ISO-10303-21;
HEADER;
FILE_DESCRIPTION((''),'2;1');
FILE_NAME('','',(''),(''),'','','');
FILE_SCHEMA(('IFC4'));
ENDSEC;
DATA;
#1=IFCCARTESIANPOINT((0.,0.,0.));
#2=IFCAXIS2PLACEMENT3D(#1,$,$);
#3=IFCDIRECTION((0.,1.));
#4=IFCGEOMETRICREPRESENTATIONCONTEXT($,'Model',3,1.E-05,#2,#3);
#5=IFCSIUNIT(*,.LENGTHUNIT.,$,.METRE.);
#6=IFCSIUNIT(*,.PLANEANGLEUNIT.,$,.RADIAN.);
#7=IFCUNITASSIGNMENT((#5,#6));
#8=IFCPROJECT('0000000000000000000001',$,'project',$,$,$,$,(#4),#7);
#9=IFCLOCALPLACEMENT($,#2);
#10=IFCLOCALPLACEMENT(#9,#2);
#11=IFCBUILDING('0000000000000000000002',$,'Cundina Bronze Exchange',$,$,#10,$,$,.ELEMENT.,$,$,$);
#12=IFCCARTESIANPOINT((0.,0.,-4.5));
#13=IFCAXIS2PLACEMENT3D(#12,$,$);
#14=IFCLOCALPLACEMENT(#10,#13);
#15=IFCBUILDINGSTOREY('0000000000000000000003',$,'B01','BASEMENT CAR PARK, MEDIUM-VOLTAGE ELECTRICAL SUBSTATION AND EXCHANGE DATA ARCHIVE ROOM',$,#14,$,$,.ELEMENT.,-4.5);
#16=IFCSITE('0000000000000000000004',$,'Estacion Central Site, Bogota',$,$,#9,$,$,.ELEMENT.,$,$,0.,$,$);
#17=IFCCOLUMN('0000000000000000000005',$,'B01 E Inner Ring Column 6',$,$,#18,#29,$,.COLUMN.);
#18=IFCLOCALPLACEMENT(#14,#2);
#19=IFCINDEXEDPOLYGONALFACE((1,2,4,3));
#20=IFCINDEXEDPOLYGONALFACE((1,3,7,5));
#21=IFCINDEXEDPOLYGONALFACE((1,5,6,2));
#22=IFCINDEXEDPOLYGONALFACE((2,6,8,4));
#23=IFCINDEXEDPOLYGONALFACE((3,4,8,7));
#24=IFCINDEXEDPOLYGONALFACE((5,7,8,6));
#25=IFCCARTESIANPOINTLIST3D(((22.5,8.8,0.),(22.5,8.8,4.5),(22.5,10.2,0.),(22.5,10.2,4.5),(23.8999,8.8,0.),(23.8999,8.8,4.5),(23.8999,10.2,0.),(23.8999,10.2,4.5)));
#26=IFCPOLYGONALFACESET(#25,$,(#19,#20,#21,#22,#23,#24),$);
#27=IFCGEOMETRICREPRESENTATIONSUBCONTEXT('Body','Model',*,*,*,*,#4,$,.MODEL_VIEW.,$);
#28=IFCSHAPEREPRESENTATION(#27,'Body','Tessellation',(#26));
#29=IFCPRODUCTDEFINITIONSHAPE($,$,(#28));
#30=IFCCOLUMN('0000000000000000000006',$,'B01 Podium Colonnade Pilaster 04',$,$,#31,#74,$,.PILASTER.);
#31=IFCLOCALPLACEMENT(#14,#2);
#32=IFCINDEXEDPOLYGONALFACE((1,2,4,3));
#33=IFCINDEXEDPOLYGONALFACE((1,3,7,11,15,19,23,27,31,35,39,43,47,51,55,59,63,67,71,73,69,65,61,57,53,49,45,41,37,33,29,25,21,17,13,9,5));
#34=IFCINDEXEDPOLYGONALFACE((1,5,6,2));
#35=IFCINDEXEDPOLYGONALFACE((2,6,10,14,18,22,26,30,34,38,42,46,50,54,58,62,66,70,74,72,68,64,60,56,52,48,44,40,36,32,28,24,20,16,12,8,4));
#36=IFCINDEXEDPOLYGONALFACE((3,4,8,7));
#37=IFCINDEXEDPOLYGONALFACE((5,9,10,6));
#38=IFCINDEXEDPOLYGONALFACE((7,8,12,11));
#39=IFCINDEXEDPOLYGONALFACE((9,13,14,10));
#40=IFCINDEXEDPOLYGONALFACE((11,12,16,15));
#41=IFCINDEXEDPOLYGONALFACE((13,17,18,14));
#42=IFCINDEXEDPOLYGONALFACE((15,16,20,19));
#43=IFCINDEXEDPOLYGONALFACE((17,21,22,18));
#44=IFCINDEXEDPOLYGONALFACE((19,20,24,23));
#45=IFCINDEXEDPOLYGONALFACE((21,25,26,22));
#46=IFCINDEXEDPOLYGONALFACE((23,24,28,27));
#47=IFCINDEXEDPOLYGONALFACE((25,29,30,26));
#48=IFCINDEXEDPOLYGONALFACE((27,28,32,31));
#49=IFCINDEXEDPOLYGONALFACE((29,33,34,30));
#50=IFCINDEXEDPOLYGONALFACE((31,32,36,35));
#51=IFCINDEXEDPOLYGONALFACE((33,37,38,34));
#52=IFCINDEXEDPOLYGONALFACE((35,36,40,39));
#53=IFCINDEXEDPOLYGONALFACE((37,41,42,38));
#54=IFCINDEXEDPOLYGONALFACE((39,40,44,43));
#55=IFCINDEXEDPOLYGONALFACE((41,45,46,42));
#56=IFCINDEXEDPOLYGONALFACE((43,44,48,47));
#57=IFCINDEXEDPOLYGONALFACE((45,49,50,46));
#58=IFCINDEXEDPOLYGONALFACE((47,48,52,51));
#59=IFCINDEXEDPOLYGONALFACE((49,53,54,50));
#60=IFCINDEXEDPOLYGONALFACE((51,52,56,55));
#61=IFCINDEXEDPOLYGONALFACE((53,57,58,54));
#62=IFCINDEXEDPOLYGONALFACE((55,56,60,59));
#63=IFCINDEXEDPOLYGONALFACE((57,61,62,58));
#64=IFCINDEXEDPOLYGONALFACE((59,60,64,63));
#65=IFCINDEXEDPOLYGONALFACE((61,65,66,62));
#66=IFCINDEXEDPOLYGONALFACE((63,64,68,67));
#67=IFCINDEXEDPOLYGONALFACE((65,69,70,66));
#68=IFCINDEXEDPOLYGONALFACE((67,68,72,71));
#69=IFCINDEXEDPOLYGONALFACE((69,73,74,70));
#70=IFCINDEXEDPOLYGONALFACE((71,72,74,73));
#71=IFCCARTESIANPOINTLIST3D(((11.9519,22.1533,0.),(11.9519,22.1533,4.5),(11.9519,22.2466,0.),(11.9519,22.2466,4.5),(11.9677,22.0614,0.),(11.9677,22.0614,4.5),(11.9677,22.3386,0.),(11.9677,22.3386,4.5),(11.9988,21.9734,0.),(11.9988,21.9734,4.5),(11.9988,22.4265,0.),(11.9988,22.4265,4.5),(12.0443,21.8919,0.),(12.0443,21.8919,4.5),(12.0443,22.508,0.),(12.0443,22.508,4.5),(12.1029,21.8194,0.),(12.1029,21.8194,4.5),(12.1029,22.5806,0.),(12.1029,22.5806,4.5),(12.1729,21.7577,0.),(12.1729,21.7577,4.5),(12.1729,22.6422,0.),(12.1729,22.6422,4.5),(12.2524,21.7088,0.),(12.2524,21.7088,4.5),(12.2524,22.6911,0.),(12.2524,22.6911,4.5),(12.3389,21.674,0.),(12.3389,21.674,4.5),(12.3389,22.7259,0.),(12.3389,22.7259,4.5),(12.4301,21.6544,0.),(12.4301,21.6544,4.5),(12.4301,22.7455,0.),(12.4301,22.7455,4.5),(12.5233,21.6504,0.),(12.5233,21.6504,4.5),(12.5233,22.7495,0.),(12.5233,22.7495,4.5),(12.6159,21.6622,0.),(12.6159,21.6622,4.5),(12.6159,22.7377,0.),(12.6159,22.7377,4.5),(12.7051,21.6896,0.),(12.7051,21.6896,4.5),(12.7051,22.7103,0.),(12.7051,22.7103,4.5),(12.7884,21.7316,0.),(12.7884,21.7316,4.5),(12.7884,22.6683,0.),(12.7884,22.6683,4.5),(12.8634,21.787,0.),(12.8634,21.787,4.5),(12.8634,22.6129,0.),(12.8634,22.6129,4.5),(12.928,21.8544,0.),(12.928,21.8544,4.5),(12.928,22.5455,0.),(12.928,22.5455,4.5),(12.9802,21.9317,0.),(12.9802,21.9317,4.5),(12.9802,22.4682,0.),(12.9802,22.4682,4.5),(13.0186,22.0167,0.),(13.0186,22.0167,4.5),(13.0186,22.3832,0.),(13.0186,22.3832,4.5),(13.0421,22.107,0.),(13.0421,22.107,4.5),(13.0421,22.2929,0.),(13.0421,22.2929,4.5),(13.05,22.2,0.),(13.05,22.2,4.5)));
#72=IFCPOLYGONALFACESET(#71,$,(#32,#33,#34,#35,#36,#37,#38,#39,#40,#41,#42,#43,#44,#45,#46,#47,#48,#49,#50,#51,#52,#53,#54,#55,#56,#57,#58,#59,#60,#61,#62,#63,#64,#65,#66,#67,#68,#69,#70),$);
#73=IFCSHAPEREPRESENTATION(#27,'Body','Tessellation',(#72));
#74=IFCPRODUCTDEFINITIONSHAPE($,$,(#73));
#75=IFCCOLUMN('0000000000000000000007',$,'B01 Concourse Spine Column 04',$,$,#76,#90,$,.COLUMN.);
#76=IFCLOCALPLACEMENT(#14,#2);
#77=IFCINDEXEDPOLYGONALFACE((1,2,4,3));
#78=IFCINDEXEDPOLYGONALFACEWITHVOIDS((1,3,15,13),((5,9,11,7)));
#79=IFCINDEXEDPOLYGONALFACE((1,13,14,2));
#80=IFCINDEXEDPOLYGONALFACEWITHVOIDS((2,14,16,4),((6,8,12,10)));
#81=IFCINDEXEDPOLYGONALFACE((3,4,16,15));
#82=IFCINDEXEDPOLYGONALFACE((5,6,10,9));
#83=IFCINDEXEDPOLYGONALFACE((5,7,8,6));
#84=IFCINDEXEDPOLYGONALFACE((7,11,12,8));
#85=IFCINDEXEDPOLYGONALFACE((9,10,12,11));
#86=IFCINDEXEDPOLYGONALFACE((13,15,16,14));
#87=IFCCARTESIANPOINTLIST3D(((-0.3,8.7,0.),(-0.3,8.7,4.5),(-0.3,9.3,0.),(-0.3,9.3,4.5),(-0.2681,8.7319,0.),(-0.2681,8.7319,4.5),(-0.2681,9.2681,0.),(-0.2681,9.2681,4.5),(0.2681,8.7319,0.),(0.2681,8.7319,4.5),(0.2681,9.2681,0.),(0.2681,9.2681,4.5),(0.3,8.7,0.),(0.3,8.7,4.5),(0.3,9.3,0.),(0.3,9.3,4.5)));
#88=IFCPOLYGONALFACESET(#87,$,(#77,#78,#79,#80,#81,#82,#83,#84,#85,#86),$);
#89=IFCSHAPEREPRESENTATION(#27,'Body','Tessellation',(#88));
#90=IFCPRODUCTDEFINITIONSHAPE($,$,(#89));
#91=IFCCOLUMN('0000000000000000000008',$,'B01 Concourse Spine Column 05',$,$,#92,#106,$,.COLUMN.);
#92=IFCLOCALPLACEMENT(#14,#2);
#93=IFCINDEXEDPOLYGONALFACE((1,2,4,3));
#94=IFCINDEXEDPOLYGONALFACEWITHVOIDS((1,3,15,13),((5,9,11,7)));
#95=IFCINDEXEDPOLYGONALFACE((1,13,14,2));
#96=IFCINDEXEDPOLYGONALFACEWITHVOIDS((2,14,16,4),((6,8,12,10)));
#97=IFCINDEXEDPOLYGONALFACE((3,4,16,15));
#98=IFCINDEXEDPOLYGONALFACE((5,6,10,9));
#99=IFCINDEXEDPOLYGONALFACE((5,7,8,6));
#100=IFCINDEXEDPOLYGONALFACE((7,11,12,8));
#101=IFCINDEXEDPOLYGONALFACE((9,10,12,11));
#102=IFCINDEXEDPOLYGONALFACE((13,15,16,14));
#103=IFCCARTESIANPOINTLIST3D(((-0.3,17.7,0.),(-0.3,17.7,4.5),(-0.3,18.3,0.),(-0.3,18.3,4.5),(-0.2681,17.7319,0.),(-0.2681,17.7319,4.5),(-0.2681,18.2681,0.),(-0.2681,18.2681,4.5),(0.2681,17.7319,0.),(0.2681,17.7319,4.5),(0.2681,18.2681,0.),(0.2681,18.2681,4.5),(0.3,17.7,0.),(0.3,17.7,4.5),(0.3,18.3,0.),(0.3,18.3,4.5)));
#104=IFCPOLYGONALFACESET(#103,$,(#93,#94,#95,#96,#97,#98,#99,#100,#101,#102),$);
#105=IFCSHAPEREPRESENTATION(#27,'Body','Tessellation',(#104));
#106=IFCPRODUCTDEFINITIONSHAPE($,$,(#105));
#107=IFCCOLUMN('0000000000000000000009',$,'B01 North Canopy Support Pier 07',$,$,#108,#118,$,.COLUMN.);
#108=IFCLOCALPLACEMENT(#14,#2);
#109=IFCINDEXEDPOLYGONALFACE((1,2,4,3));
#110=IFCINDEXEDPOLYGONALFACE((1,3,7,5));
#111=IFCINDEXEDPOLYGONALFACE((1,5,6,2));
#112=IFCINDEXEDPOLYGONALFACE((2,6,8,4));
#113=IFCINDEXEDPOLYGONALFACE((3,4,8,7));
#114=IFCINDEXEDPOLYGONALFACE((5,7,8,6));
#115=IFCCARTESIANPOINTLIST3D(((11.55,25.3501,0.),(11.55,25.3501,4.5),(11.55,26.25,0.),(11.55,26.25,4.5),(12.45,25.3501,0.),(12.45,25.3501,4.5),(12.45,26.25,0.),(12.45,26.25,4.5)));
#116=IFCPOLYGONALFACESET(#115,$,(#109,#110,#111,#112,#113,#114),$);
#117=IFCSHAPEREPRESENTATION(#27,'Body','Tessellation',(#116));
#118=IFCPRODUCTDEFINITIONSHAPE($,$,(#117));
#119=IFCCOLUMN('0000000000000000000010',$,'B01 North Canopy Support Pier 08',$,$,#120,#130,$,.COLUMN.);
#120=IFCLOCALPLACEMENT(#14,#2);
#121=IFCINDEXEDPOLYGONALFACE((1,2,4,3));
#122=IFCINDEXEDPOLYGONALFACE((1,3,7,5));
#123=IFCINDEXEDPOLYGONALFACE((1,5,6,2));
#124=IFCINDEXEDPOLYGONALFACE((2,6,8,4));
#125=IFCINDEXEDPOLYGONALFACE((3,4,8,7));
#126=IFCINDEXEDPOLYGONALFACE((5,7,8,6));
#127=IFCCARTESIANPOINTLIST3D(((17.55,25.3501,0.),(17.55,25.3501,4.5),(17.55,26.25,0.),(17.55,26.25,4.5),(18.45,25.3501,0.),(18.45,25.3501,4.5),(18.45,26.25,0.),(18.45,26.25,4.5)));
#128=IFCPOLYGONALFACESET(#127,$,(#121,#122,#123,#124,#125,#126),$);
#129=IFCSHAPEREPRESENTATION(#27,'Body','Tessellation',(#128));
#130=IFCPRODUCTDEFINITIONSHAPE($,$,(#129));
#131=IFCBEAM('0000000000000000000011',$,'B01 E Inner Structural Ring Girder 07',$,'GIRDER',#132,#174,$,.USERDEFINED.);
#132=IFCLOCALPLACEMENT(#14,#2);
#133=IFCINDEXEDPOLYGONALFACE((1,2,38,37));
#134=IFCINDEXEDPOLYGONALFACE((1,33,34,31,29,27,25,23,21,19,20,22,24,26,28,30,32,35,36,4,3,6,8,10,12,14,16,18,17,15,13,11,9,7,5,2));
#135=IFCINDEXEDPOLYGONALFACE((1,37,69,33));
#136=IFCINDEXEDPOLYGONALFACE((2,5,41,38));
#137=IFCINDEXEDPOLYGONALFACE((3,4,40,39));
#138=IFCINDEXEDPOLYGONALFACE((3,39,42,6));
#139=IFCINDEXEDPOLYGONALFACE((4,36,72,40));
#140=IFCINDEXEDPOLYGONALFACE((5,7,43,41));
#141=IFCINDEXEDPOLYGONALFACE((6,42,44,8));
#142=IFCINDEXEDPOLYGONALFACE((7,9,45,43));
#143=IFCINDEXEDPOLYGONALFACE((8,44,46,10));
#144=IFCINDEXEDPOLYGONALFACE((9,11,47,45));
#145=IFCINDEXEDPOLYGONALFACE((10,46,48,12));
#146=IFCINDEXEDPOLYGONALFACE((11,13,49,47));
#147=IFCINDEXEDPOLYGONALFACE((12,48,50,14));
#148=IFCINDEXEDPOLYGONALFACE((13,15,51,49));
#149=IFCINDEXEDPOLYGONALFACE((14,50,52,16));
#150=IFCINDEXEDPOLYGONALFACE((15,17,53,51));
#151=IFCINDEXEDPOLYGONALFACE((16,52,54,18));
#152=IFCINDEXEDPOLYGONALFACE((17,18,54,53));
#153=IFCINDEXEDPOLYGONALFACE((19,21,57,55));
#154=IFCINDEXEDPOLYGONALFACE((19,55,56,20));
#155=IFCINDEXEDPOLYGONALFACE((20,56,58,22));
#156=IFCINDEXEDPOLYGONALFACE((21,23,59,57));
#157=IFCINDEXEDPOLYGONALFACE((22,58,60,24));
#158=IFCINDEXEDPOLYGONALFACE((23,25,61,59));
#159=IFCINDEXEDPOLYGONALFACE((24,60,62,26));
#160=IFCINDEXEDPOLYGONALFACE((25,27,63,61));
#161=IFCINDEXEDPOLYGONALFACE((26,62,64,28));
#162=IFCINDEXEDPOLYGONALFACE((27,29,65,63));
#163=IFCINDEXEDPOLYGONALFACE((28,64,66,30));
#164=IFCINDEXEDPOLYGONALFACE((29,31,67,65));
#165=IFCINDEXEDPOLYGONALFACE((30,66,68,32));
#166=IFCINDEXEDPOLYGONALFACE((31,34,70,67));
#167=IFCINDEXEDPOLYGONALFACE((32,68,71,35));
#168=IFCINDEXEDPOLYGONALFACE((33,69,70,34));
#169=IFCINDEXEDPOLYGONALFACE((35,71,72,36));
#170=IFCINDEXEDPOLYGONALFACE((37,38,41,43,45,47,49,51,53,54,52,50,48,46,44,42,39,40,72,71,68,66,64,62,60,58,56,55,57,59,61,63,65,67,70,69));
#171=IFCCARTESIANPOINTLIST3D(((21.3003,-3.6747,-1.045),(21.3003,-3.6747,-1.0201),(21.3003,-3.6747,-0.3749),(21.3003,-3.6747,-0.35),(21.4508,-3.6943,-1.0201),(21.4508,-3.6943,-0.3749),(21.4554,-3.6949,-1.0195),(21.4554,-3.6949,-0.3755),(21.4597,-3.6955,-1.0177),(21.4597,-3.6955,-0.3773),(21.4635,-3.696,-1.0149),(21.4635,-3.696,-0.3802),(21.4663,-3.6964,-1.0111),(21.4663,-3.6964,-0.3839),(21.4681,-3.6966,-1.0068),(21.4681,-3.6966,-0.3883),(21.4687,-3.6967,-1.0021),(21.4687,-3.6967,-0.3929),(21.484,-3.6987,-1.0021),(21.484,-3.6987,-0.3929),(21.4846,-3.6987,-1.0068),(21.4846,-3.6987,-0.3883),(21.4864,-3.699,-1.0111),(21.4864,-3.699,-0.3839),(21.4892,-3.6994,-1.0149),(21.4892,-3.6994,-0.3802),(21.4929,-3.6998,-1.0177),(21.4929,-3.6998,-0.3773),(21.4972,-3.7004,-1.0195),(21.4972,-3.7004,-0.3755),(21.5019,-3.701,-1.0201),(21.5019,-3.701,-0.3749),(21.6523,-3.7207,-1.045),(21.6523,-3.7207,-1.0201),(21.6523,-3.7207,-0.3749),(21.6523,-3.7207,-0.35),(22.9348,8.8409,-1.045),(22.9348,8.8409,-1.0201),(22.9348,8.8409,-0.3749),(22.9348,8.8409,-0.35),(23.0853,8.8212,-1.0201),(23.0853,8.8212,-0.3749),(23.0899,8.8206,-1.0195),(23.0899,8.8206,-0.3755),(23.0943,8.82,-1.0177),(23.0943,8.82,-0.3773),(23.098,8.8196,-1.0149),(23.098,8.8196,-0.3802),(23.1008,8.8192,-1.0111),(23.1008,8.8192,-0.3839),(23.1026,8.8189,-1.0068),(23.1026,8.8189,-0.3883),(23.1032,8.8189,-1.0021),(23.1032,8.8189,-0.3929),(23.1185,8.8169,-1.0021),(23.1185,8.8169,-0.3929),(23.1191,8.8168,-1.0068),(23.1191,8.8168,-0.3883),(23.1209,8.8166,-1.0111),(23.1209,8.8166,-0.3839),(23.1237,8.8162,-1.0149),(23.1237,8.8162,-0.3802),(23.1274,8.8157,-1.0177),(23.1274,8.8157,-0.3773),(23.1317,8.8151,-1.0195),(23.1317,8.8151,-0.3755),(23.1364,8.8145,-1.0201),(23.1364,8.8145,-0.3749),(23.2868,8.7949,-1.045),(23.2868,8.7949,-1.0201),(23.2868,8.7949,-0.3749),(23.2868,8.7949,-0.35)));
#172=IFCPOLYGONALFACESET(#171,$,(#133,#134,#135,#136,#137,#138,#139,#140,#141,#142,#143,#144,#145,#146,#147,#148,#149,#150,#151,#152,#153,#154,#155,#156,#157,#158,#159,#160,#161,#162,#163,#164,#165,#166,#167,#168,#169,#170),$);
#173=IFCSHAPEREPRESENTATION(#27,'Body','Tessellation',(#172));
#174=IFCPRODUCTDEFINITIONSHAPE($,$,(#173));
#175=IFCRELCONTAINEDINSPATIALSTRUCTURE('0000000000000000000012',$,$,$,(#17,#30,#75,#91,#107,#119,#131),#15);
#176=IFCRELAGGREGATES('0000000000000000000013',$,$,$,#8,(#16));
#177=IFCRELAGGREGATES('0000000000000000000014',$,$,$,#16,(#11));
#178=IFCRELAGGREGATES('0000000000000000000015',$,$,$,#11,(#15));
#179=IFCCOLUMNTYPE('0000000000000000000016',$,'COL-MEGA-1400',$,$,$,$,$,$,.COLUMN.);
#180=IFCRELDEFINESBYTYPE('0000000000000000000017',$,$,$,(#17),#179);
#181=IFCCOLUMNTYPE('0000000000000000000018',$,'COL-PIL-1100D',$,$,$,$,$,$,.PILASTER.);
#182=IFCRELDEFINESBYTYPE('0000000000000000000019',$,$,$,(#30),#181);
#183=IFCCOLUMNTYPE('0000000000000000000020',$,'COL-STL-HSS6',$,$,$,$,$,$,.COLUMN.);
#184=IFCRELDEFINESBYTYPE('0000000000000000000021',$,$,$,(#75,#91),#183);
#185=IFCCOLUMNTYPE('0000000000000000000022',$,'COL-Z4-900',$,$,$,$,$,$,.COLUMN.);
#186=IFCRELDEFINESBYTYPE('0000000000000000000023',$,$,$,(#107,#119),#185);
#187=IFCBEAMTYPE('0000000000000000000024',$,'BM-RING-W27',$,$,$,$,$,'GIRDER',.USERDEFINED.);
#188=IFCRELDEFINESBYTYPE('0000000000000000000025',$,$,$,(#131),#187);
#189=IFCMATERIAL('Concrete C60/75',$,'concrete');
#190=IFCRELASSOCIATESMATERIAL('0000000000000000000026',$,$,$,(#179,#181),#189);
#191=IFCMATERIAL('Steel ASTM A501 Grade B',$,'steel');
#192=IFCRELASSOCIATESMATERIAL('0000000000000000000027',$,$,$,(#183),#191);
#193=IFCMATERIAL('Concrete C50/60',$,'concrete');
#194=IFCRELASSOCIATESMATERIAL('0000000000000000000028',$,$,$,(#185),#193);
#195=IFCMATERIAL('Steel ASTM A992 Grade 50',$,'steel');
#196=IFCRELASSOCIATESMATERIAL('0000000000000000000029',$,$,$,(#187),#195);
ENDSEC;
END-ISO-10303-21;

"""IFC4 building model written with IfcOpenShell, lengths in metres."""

from ifc_helpers import new_model, si_unit, direction, frame, origin, origin_2d, place, context, subcontext, project, spatial, rectangle, hollow_rectangle, circle, i_section, extrude, material, material_profile, profile_set, type_object, element, save


model = new_model("IFC4")

# Units and contexts
model_context = context("Model", 3, precision=1e-05, world=origin(), true_north=direction((0.0, 1.0)))
body_context = subcontext(model_context, "Body", "Model", "MODEL_VIEW")
ifc_project = project(units=[si_unit("LENGTHUNIT", "METRE"), si_unit("PLANEANGLEUNIT", "RADIAN")], contexts=[model_context])

# Site, building, storey
site_placement = place(None, origin())
site = spatial("IfcSite", under=ifc_project, at=site_placement, Name="Estacion Central Site, Bogota", CompositionType="ELEMENT", RefElevation=0.0)
building_placement = place(site_placement, origin())
building = spatial("IfcBuilding", under=site, at=building_placement, Name="Cundina Bronze Exchange", CompositionType="ELEMENT")
storey_placement = place(building_placement, frame((0.0, 0.0, -4.5)))
storey = spatial("IfcBuildingStorey", under=building, at=storey_placement, Name="B01", Description="BASEMENT CAR PARK, MEDIUM-VOLTAGE ELECTRICAL SUBSTATION AND EXCHANGE DATA ARCHIVE ROOM", CompositionType="ELEMENT", Elevation=-4.5)

# Columns
ifc_material_1 = material(Name="Concrete C60/75", Category="concrete")
ifc_material_profile_1 = material_profile(ifc_material_1, rectangle(XDim=1.3999, YDim=1.3999, at=origin_2d()), Name="RC1400X1400", Category="concrete")
ifc_profile_set_1 = profile_set([ifc_material_profile_1], Name="Concrete C60/75")
column_type_1 = type_object("IfcColumnType", Name="COL-MEGA-1400", PredefinedType="COLUMN", material=ifc_profile_set_1)
column_1_placement = place(storey_placement, frame((23.2, 9.5, 0.0), z_axis=(0.0, 0.0, 1.0), x_axis=(1.0, 0.0, 0.0)))
element("IfcColumn", 1, at=column_1_placement, inside=storey, type_object=column_type_1, Name="B01 E Inner Ring Column 6", PredefinedType="COLUMN", context=body_context, shape_type="SweptSolid", body=[
    extrude(rectangle(XDim=1.3999, YDim=1.3999, at=origin_2d()), origin(), (0.0, 0.0, 1.0), 4.5),
])
ifc_material_profile_2 = material_profile(ifc_material_1, circle(Radius=0.55, at=origin_2d()), Name="RC1100D", Category="concrete")
ifc_profile_set_2 = profile_set([ifc_material_profile_2], Name="Concrete C60/75")
column_type_2 = type_object("IfcColumnType", Name="COL-PIL-1100D", PredefinedType="PILASTER", material=ifc_profile_set_2)
column_2_placement = place(storey_placement, frame((12.5, 22.2, 0.0), z_axis=(0.0, 0.0, 1.0), x_axis=(1.0, 0.0, 0.0)))
element("IfcColumn", 2, at=column_2_placement, inside=storey, type_object=column_type_2, Name="B01 Podium Colonnade Pilaster 04", PredefinedType="PILASTER", context=body_context, shape_type="SweptSolid", body=[
    extrude(circle(Radius=0.55, at=origin_2d()), origin(), (0.0, 0.0, 1.0), 4.5),
])
ifc_material_2 = material(Name="Steel ASTM A501 Grade B", Category="steel")
ifc_material_profile_3 = material_profile(ifc_material_2, hollow_rectangle(XDim=0.6001, YDim=0.6001, WallThickness=0.032, at=origin_2d()), Name="HSS600X600X32", Category="steel")
ifc_profile_set_3 = profile_set([ifc_material_profile_3], Name="Steel ASTM A501 Grade B")
column_type_3 = type_object("IfcColumnType", Name="COL-STL-HSS6", PredefinedType="COLUMN", material=ifc_profile_set_3)
for number, where, z_axis, x_axis, name in (
    (3, (0.0, 9.0, 0.0), (0.0, 0.0, 1.0), (1.0, 0.0, 0.0), "B01 Concourse Spine Column 04"),
    (4, (0.0, 18.0, 0.0), (0.0, 0.0, 1.0), (1.0, 0.0, 0.0), "B01 Concourse Spine Column 05"),
):
    element("IfcColumn", number, at=place(storey_placement, frame(where, z_axis=z_axis, x_axis=x_axis)), inside=storey, type_object=column_type_3, Name=name, PredefinedType="COLUMN", context=body_context, shape_type="SweptSolid", body=[
        extrude(hollow_rectangle(XDim=0.6001, YDim=0.6001, WallThickness=0.032, at=origin_2d()), origin(), (0.0, 0.0, 1.0), 4.5),
    ])
ifc_material_3 = material(Name="Concrete C50/60", Category="concrete")
ifc_material_profile_4 = material_profile(ifc_material_3, rectangle(XDim=0.8999, YDim=0.8999, at=origin_2d()), Name="RC900X900", Category="concrete")
ifc_profile_set_4 = profile_set([ifc_material_profile_4], Name="Concrete C50/60")
column_type_4 = type_object("IfcColumnType", Name="COL-Z4-900", PredefinedType="COLUMN", material=ifc_profile_set_4)
for number, where, z_axis, x_axis, name in (
    (5, (12.0, 25.8, 0.0), (0.0, 0.0, 1.0), (1.0, 0.0, 0.0), "B01 North Canopy Support Pier 07"),
    (6, (18.0, 25.8, 0.0), (0.0, 0.0, 1.0), (1.0, 0.0, 0.0), "B01 North Canopy Support Pier 08"),
):
    element("IfcColumn", number, at=place(storey_placement, frame(where, z_axis=z_axis, x_axis=x_axis)), inside=storey, type_object=column_type_4, Name=name, PredefinedType="COLUMN", context=body_context, shape_type="SweptSolid", body=[
        extrude(rectangle(XDim=0.8999, YDim=0.8999, at=origin_2d()), origin(), (0.0, 0.0, 1.0), 4.5),
    ])

# Beam
ifc_material_4 = material(Name="Steel ASTM A992 Grade 50", Category="steel")
ifc_material_profile_5 = material_profile(ifc_material_4, i_section(OverallWidth=0.355, OverallDepth=0.6951, WebThickness=0.0154, FlangeThickness=0.0249, FilletRadius=0.0181, at=origin_2d()), Name="W27X146", Category="steel")
ifc_profile_set_5 = profile_set([ifc_material_profile_5], Name="Steel ASTM A992 Grade 50")
beam_type_1 = type_object("IfcBeamType", Name="BM-RING-W27", ElementType="GIRDER", PredefinedType="USERDEFINED", material=ifc_profile_set_5)
beam_1_placement = place(storey_placement, frame((23.1108, 8.8179, -0.6975), z_axis=(-0.129499, -0.99158, 0.0), x_axis=(0.99158, -0.129499, 0.0)))
element("IfcBeam", 7, at=beam_1_placement, inside=storey, type_object=beam_type_1, Name="B01 E Inner Structural Ring Girder 07", ObjectType="GIRDER", PredefinedType="USERDEFINED", context=body_context, shape_type="SweptSolid", body=[
    extrude(i_section(OverallWidth=0.355, OverallDepth=0.6951, WebThickness=0.0154, FlangeThickness=0.0249, FilletRadius=0.0181, at=origin_2d()), origin(), (0.0, 0.0, 1.0), 12.6218),
])

save(model, "model.ifc")
